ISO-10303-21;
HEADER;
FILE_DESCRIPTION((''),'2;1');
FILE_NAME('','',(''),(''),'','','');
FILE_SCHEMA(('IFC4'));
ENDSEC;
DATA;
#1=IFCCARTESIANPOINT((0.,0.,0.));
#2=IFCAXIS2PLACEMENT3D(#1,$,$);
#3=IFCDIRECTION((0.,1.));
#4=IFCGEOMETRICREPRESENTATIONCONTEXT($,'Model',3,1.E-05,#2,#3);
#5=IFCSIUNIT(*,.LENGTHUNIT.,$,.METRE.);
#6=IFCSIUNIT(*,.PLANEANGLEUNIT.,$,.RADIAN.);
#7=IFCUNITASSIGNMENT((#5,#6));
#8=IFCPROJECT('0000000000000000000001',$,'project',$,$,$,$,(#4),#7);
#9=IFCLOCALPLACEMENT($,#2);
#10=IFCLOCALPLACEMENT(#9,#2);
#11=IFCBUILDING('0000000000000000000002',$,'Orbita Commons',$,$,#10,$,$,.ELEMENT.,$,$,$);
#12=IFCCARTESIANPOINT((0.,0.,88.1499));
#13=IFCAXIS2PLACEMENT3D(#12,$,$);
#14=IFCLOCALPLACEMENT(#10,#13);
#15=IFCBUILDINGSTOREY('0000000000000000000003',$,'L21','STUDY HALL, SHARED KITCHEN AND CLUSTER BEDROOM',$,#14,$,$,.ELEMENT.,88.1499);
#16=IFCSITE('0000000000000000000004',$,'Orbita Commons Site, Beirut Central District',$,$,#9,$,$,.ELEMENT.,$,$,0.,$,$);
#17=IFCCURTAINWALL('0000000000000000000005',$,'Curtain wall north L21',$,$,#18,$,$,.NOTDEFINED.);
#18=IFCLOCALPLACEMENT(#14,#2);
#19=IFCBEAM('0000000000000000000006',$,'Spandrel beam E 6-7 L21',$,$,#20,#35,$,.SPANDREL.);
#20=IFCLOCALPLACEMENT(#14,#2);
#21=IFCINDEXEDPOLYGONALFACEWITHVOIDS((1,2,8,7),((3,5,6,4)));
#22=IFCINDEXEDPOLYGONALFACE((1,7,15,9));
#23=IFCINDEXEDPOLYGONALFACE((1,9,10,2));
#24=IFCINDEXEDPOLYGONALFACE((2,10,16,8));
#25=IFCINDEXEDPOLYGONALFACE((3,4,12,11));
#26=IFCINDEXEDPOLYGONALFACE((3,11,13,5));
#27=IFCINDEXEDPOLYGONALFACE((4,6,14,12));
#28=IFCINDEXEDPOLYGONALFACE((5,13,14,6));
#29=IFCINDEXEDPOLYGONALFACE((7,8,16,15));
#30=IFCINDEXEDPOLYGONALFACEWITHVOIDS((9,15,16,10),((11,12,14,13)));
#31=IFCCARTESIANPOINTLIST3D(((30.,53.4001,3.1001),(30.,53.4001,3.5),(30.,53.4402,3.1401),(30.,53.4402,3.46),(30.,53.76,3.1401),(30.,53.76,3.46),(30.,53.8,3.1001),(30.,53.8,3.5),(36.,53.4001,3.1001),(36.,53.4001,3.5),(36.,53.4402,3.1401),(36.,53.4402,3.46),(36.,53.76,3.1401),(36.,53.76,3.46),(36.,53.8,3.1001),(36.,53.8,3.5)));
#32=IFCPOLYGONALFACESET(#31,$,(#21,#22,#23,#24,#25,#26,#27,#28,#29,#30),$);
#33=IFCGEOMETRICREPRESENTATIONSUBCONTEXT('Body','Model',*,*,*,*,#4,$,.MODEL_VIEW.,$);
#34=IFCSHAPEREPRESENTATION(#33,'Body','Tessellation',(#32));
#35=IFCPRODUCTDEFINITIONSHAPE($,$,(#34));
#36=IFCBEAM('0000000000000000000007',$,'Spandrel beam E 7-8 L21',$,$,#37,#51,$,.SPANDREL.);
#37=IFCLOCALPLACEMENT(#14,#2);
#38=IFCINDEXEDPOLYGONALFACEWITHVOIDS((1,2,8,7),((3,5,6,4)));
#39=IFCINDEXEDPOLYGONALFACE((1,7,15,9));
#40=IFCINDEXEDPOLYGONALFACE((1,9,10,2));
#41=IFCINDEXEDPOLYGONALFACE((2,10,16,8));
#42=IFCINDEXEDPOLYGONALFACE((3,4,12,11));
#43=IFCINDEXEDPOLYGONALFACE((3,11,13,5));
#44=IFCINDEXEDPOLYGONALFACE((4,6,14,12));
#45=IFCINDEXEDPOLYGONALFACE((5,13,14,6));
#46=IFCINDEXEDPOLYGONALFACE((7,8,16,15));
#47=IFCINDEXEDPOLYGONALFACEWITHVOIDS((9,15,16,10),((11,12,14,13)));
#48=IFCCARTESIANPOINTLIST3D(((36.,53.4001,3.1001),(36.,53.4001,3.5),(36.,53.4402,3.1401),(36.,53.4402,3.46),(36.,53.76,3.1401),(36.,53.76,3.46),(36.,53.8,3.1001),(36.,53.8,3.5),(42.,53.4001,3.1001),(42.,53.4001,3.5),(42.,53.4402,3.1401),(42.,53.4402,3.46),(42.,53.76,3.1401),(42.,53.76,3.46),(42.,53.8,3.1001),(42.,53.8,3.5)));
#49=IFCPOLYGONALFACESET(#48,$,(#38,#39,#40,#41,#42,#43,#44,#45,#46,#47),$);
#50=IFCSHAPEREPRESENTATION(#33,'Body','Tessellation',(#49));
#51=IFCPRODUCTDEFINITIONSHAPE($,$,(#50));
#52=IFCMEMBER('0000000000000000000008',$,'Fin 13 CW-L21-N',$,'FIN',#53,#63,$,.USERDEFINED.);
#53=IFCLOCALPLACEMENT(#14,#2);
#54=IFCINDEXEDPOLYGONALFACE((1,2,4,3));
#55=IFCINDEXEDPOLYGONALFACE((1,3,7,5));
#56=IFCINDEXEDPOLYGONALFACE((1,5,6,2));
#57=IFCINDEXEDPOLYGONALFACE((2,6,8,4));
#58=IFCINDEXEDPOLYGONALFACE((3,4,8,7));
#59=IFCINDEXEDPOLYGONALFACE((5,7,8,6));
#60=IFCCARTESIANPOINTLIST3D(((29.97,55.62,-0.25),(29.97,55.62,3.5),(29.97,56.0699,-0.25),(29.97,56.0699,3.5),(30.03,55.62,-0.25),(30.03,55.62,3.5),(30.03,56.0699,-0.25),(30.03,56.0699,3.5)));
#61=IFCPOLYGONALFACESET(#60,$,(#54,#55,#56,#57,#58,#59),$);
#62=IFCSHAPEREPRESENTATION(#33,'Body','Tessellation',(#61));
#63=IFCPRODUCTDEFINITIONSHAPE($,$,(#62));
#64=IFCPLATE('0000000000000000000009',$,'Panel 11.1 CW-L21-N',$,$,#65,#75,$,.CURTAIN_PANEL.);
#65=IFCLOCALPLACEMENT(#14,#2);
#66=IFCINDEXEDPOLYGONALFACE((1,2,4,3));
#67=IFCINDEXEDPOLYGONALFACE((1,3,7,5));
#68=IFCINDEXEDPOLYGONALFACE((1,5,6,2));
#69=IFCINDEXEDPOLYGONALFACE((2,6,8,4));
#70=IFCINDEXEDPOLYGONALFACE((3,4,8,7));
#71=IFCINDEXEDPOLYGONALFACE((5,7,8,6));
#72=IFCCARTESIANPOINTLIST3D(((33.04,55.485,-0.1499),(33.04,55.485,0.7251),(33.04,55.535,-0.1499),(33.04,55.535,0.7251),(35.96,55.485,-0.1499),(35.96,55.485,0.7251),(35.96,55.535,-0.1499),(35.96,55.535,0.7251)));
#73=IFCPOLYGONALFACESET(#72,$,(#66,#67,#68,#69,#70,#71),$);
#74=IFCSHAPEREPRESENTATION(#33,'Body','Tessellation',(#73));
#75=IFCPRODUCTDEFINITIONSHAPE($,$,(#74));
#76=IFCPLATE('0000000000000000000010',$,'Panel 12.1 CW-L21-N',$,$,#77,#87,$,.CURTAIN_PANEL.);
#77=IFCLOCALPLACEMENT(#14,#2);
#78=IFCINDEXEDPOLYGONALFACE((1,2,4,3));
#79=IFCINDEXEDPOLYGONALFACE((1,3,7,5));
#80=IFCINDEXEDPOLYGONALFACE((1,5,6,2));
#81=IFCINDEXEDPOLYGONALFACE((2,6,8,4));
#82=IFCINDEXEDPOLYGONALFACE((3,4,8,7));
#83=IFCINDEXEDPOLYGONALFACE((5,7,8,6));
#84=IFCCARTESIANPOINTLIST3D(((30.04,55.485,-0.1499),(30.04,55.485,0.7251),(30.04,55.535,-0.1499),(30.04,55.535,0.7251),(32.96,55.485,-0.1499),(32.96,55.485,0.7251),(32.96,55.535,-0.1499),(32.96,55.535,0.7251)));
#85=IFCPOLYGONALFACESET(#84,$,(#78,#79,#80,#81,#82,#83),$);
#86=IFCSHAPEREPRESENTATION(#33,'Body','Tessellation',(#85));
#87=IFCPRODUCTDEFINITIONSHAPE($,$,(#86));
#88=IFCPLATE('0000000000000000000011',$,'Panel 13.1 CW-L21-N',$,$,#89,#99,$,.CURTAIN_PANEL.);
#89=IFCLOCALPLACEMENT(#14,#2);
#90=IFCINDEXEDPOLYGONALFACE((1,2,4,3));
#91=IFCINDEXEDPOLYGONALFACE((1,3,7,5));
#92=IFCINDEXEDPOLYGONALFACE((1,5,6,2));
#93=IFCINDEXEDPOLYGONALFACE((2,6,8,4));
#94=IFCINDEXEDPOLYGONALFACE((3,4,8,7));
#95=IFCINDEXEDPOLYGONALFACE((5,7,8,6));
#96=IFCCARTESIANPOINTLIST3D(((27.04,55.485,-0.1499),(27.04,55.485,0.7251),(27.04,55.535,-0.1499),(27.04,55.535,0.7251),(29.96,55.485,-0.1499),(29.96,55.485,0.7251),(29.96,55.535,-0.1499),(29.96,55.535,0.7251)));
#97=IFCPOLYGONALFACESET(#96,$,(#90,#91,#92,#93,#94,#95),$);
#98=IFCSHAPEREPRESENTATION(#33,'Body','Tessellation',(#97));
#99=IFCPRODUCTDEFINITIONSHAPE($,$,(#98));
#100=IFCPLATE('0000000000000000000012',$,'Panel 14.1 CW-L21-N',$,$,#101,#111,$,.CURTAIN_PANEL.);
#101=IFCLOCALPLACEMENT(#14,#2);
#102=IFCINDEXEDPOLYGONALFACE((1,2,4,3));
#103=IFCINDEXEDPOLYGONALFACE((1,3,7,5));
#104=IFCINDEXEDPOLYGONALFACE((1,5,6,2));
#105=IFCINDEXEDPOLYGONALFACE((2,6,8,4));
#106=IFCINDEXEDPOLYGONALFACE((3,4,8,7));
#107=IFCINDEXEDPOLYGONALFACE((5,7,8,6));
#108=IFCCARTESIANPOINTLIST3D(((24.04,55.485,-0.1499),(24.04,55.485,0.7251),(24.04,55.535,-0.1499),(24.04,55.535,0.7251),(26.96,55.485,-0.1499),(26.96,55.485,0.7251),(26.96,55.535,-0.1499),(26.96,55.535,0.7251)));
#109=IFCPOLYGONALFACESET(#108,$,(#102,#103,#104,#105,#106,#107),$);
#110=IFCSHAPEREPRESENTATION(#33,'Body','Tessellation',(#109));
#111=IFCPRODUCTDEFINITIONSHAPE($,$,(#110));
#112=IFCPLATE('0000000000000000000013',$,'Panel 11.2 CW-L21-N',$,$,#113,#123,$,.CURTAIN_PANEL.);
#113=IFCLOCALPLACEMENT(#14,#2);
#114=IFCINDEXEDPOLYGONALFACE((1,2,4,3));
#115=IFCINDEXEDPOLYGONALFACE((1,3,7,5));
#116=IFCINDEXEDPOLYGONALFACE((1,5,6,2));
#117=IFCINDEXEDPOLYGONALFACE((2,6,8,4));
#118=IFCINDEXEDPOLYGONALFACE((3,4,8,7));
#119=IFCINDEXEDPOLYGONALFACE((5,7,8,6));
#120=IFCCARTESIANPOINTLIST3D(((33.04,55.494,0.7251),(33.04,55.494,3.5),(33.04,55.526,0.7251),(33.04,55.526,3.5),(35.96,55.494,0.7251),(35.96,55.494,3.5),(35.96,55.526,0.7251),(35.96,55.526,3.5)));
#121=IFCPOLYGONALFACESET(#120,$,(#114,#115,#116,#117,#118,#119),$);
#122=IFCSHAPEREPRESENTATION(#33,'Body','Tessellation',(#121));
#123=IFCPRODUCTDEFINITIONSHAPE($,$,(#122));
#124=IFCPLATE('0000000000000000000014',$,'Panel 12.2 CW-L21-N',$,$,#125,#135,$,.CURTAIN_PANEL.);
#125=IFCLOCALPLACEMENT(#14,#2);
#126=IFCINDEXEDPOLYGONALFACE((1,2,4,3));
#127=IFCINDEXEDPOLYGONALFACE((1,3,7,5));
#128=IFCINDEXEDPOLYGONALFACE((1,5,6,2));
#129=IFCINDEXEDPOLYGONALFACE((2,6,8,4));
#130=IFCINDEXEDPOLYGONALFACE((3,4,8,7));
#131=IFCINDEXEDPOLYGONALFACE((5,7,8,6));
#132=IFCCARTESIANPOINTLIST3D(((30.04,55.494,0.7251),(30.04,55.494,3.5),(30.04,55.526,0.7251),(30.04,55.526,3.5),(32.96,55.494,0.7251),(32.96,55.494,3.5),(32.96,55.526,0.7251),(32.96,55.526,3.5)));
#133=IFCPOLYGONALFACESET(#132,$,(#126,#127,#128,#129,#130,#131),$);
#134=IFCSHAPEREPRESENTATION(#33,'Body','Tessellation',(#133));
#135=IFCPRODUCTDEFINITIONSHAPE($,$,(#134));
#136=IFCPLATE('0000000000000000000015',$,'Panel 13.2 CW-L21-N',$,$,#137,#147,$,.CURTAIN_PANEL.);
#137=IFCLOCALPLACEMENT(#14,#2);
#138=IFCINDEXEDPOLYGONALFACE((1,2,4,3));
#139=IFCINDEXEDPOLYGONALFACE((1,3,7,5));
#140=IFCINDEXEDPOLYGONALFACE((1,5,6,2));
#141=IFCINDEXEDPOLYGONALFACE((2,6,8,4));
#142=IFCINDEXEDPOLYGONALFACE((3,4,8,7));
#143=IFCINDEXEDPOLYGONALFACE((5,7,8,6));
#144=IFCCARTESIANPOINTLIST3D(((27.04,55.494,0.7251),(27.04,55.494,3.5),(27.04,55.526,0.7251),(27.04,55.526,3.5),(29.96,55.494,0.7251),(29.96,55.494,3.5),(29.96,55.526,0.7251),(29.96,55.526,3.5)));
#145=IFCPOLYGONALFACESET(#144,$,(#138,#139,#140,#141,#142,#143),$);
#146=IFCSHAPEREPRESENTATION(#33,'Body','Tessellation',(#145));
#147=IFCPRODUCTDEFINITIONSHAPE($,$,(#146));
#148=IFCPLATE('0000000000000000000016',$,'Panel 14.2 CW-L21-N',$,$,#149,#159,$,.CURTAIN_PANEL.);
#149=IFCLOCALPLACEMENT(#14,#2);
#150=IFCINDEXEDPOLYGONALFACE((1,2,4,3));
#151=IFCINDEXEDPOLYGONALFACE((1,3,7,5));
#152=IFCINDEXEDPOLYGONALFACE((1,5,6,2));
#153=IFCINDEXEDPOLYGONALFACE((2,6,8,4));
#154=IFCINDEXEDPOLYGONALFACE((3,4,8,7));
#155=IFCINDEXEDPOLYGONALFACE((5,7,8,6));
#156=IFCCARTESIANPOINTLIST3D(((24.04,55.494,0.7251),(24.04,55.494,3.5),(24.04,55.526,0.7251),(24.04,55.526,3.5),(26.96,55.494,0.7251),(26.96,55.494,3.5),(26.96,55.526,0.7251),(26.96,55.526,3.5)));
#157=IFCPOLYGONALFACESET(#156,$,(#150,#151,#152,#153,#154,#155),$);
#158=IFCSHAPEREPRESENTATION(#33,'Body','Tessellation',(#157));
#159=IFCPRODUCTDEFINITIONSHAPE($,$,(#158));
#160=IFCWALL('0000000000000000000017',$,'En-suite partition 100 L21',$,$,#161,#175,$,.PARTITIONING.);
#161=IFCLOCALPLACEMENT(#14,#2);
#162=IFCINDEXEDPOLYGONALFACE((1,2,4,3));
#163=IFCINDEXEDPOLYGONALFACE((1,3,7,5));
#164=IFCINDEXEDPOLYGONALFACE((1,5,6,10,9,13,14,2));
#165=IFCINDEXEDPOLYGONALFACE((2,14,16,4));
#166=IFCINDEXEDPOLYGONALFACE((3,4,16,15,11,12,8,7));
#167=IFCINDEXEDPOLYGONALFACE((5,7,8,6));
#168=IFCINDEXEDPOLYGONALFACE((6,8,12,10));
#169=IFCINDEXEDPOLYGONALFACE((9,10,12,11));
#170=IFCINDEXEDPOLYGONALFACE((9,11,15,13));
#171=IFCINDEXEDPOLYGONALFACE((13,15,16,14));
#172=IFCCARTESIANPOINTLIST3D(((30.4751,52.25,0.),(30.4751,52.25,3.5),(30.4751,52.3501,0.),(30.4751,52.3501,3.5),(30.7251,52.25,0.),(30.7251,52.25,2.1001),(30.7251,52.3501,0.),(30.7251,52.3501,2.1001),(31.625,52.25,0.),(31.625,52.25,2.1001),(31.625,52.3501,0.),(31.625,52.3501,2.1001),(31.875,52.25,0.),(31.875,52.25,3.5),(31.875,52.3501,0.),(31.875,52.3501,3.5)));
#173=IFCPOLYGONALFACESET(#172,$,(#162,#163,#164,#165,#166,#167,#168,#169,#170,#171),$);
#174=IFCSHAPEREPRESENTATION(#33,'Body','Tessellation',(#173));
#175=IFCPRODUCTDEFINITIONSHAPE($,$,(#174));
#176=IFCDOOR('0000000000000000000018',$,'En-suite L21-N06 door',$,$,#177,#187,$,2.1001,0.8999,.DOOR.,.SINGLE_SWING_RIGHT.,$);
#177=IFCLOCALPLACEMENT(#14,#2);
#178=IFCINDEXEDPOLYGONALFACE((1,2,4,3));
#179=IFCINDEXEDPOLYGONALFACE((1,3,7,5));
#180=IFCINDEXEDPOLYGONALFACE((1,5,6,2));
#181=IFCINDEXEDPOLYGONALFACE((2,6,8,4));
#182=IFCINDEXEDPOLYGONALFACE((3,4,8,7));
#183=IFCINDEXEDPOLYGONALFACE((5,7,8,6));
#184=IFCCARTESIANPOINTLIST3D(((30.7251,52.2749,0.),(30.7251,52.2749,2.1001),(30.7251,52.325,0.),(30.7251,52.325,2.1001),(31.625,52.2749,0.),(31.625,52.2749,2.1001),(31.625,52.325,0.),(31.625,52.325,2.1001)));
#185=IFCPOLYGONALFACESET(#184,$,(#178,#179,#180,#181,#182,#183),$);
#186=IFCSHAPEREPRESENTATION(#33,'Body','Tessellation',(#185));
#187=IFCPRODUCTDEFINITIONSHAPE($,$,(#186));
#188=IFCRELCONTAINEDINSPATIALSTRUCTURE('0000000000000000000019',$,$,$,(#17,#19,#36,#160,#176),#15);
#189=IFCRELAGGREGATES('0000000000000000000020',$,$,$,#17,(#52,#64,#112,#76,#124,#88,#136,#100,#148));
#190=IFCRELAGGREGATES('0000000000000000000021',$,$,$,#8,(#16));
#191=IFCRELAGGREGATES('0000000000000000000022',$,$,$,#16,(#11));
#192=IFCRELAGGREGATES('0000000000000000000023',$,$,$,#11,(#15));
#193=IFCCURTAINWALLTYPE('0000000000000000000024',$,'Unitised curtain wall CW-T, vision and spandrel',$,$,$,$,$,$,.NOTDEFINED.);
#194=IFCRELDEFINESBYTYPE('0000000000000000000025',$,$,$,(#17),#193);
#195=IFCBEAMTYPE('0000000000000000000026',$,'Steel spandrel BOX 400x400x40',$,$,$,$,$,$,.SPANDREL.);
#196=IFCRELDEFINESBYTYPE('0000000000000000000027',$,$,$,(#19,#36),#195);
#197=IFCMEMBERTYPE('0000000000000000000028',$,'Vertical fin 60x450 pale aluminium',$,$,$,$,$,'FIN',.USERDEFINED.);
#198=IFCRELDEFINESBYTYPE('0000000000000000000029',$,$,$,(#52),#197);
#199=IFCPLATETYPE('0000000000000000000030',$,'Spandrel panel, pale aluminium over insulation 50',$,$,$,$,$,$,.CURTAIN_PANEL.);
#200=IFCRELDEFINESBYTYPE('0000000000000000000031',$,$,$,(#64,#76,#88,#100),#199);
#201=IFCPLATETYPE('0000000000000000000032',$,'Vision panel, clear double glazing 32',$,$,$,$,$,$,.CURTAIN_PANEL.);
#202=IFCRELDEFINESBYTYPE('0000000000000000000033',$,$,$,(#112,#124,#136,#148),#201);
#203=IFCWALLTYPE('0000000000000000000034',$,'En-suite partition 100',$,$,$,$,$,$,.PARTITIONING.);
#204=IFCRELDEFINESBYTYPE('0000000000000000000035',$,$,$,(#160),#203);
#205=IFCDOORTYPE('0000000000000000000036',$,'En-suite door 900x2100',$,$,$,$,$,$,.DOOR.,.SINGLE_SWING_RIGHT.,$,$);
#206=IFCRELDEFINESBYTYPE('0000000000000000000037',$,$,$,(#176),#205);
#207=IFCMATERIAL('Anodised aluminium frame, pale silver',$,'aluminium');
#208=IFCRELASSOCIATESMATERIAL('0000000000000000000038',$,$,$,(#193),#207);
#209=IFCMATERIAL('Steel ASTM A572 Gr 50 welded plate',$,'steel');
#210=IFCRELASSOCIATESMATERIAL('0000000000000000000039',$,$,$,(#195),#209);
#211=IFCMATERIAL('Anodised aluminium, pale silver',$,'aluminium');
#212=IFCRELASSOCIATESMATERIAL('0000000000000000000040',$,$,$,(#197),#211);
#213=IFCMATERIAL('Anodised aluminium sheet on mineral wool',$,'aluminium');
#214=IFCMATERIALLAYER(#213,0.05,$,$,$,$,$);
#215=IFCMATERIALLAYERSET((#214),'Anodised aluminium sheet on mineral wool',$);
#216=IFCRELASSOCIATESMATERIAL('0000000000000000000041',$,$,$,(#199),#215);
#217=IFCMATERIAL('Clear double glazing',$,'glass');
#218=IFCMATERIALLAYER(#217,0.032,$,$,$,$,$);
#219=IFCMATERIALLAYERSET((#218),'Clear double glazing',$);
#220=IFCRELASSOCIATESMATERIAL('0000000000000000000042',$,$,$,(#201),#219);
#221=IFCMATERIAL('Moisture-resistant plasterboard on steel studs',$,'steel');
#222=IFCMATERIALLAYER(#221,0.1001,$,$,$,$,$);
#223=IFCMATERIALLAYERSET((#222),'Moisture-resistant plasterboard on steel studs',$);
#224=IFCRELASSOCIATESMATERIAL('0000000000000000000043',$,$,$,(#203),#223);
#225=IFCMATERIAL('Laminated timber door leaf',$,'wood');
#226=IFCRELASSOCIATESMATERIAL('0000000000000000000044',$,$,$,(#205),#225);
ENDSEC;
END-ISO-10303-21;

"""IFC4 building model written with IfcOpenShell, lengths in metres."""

from ifc_helpers import new_model, si_unit, direction, frame, frame_2d, origin, origin_2d, place, context, subcontext, project, spatial, rectangle, hollow_rectangle, extrude, material, layer, layer_set, material_profile, profile_set, type_object, element, fill, aggregate, save


model = new_model("IFC4")

# Units and contexts
model_context = context("Model", 3, precision=1e-05, world=origin(), true_north=direction((0.0, 1.0)))
body_context = subcontext(model_context, "Body", "Model", "MODEL_VIEW")
ifc_project = project(units=[si_unit("LENGTHUNIT", "METRE"), si_unit("PLANEANGLEUNIT", "RADIAN")], contexts=[model_context])

# Site, building, storey
site_placement = place(None, origin())
site = spatial("IfcSite", under=ifc_project, at=site_placement, Name="Orbita Commons Site, Beirut Central District", CompositionType="ELEMENT", RefElevation=0.0)
building_placement = place(site_placement, origin())
building = spatial("IfcBuilding", under=site, at=building_placement, Name="Orbita Commons", CompositionType="ELEMENT")
storey_placement = place(building_placement, frame((0.0, 0.0, 88.1499)))
storey = spatial("IfcBuildingStorey", under=building, at=storey_placement, Name="L21", Description="STUDY HALL, SHARED KITCHEN AND CLUSTER BEDROOM", CompositionType="ELEMENT", Elevation=88.1499)

# Curtain wall
ifc_material_1 = material(Name="Anodised aluminium frame, pale silver", Category="aluminium")
curtain_wall_type = type_object("IfcCurtainWallType", Name="Unitised curtain wall CW-T, vision and spandrel", PredefinedType="NOTDEFINED", material=ifc_material_1)
curtain_wall_placement = place(storey_placement, origin())
curtain_wall = element("IfcCurtainWall", 1, at=curtain_wall_placement, inside=storey, type_object=curtain_wall_type, Name="Curtain wall north L21", PredefinedType="NOTDEFINED")

# Beams
ifc_material_2 = material(Name="Steel ASTM A572 Gr 50 welded plate", Category="steel")
ifc_material_profile_1 = material_profile(ifc_material_2, hollow_rectangle(XDim=0.3999, YDim=0.3999, WallThickness=0.04, at=origin_2d()), Name="BOX 400x400x40")
ifc_profile_set_1 = profile_set([ifc_material_profile_1], Name="Steel ASTM A572 Gr 50 welded plate")
beam_type = type_object("IfcBeamType", Name="Steel spandrel BOX 400x400x40", PredefinedType="SPANDREL", material=ifc_profile_set_1)
for number, where, z_axis, x_axis, name in (
    (2, (30.0, 53.6001, 3.3), (1.0, 0.0, 0.0), (0.0, 1.0, 0.0), "Spandrel beam E 6-7 L21"),
    (3, (36.0, 53.6001, 3.3), (1.0, 0.0, 0.0), (0.0, 1.0, 0.0), "Spandrel beam E 7-8 L21"),
):
    element("IfcBeam", number, at=place(storey_placement, frame(where, z_axis=z_axis, x_axis=x_axis)), inside=storey, type_object=beam_type, Name=name, PredefinedType="SPANDREL", context=body_context, shape_type="SweptSolid", body=[
        extrude(hollow_rectangle(XDim=0.3999, YDim=0.3999, WallThickness=0.04, at=origin_2d()), origin(), (0.0, 0.0, 1.0), 6.0),
    ])

# Member
ifc_material_3 = material(Name="Anodised aluminium, pale silver", Category="aluminium")
ifc_material_profile_2 = material_profile(ifc_material_3, rectangle(XDim=0.0601, YDim=0.45, at=origin_2d()), Name="FIN 60x450")
ifc_profile_set_2 = profile_set([ifc_material_profile_2], Name="Anodised aluminium, pale silver")
member_type_1 = type_object("IfcMemberType", Name="Vertical fin 60x450 pale aluminium", ElementType="FIN", PredefinedType="USERDEFINED", material=ifc_profile_set_2)
member_1_placement = place(storey_placement, frame((30.0, 55.845, -0.25), z_axis=(0.0, 0.0, 1.0), x_axis=(-1.0, 0.0, 0.0)))
member_1 = element("IfcMember", 4, at=member_1_placement, type_object=member_type_1, Name="Fin 13 CW-L21-N", ObjectType="FIN", PredefinedType="USERDEFINED", context=body_context, shape_type="SweptSolid", body=[
    extrude(rectangle(XDim=0.0601, YDim=0.45, at=origin_2d()), origin(), (0.0, 0.0, 1.0), 3.75),
])

# Plates
ifc_material_4 = material(Name="Anodised aluminium sheet on mineral wool", Category="aluminium")
ifc_layer_1 = layer(ifc_material_4, 0.05)
ifc_layer_set_1 = layer_set([ifc_layer_1], Name="Anodised aluminium sheet on mineral wool")
plate_type_1 = type_object("IfcPlateType", Name="Spandrel panel, pale aluminium over insulation 50", PredefinedType="CURTAIN_PANEL", material=ifc_layer_set_1)
plate_1_placement = place(storey_placement, frame((34.5, 55.51, -0.1499), z_axis=(0.0, 0.0, 1.0), x_axis=(-1.0, 0.0, 0.0)))
plate_1 = element("IfcPlate", 5, at=plate_1_placement, type_object=plate_type_1, Name="Panel 11.1 CW-L21-N", PredefinedType="CURTAIN_PANEL", context=body_context, shape_type="SweptSolid", body=[
    extrude(rectangle(XDim=2.9199, YDim=0.05, at=origin_2d()), origin(), (0.0, 0.0, 1.0), 0.875),
])
plate_2_placement = place(storey_placement, frame((31.5, 55.51, -0.1499), z_axis=(0.0, 0.0, 1.0), x_axis=(-1.0, 0.0, 0.0)))
plate_2 = element("IfcPlate", 6, at=plate_2_placement, type_object=plate_type_1, Name="Panel 12.1 CW-L21-N", PredefinedType="CURTAIN_PANEL", context=body_context, shape_type="SweptSolid", body=[
    extrude(rectangle(XDim=2.9199, YDim=0.05, at=origin_2d()), origin(), (0.0, 0.0, 1.0), 0.875),
])
plate_3_placement = place(storey_placement, frame((28.5, 55.51, -0.1499), z_axis=(0.0, 0.0, 1.0), x_axis=(-1.0, 0.0, 0.0)))
plate_3 = element("IfcPlate", 7, at=plate_3_placement, type_object=plate_type_1, Name="Panel 13.1 CW-L21-N", PredefinedType="CURTAIN_PANEL", context=body_context, shape_type="SweptSolid", body=[
    extrude(rectangle(XDim=2.9199, YDim=0.05, at=origin_2d()), origin(), (0.0, 0.0, 1.0), 0.875),
])
plate_4_placement = place(storey_placement, frame((25.5, 55.51, -0.1499), z_axis=(0.0, 0.0, 1.0), x_axis=(-1.0, 0.0, 0.0)))
plate_4 = element("IfcPlate", 8, at=plate_4_placement, type_object=plate_type_1, Name="Panel 14.1 CW-L21-N", PredefinedType="CURTAIN_PANEL", context=body_context, shape_type="SweptSolid", body=[
    extrude(rectangle(XDim=2.9199, YDim=0.05, at=origin_2d()), origin(), (0.0, 0.0, 1.0), 0.875),
])
ifc_material_5 = material(Name="Clear double glazing", Category="glass")
ifc_layer_2 = layer(ifc_material_5, 0.032)
ifc_layer_set_2 = layer_set([ifc_layer_2], Name="Clear double glazing")
plate_type_2 = type_object("IfcPlateType", Name="Vision panel, clear double glazing 32", PredefinedType="CURTAIN_PANEL", material=ifc_layer_set_2)
plate_5_placement = place(storey_placement, frame((34.5, 55.51, 0.7251), z_axis=(0.0, 0.0, 1.0), x_axis=(-1.0, 0.0, 0.0)))
plate_5 = element("IfcPlate", 9, at=plate_5_placement, type_object=plate_type_2, Name="Panel 11.2 CW-L21-N", PredefinedType="CURTAIN_PANEL", context=body_context, shape_type="SweptSolid", body=[
    extrude(rectangle(XDim=2.9199, YDim=0.032, at=origin_2d()), origin(), (0.0, 0.0, 1.0), 2.7749),
])
plate_6_placement = place(storey_placement, frame((31.5, 55.51, 0.7251), z_axis=(0.0, 0.0, 1.0), x_axis=(-1.0, 0.0, 0.0)))
plate_6 = element("IfcPlate", 10, at=plate_6_placement, type_object=plate_type_2, Name="Panel 12.2 CW-L21-N", PredefinedType="CURTAIN_PANEL", context=body_context, shape_type="SweptSolid", body=[
    extrude(rectangle(XDim=2.9199, YDim=0.032, at=origin_2d()), origin(), (0.0, 0.0, 1.0), 2.7749),
])
plate_7_placement = place(storey_placement, frame((28.5, 55.51, 0.7251), z_axis=(0.0, 0.0, 1.0), x_axis=(-1.0, 0.0, 0.0)))
plate_7 = element("IfcPlate", 11, at=plate_7_placement, type_object=plate_type_2, Name="Panel 13.2 CW-L21-N", PredefinedType="CURTAIN_PANEL", context=body_context, shape_type="SweptSolid", body=[
    extrude(rectangle(XDim=2.9199, YDim=0.032, at=origin_2d()), origin(), (0.0, 0.0, 1.0), 2.7749),
])
plate_8_placement = place(storey_placement, frame((25.5, 55.51, 0.7251), z_axis=(0.0, 0.0, 1.0), x_axis=(-1.0, 0.0, 0.0)))
plate_8 = element("IfcPlate", 12, at=plate_8_placement, type_object=plate_type_2, Name="Panel 14.2 CW-L21-N", PredefinedType="CURTAIN_PANEL", context=body_context, shape_type="SweptSolid", body=[
    extrude(rectangle(XDim=2.9199, YDim=0.032, at=origin_2d()), origin(), (0.0, 0.0, 1.0), 2.7749),
])
aggregate(curtain_wall, [member_1, plate_1, plate_5, plate_2, plate_6, plate_3, plate_7, plate_4, plate_8])

# Wall, opening, door
ifc_material_6 = material(Name="Moisture-resistant plasterboard on steel studs", Category="steel")
ifc_layer_3 = layer(ifc_material_6, 0.1001)
ifc_layer_set_3 = layer_set([ifc_layer_3], Name="Moisture-resistant plasterboard on steel studs")
wall_type_1 = type_object("IfcWallType", Name="En-suite partition 100", PredefinedType="PARTITIONING", material=ifc_layer_set_3)
wall_1_placement = place(storey_placement, frame((30.4751, 52.3, 0.0), z_axis=(0.0, 0.0, 1.0), x_axis=(1.0, 0.0, 0.0)))
wall_1 = element("IfcWall", 13, at=wall_1_placement, inside=storey, type_object=wall_type_1, Name="En-suite partition 100 L21", PredefinedType="PARTITIONING", context=body_context, shape_type="SweptSolid", body=[
    extrude(rectangle(XDim=1.3999, YDim=0.1001, at=frame_2d((0.7, 0.0))), origin(), (0.0, 0.0, 1.0), 3.5),
])
opening_1_placement = place(wall_1_placement, frame((0.25, 0.0, 0.0)))
opening_1 = element("IfcOpeningElement", 14, at=opening_1_placement, cuts=wall_1, PredefinedType="OPENING", context=body_context, shape_type="SweptSolid", body=[
    extrude(rectangle(XDim=0.8999, YDim=2.1001, at=frame_2d((0.45, 1.05))), frame((0.0, 0.0601, 0.0), z_axis=(0.0, -1.0, 0.0), x_axis=(1.0, 0.0, 0.0)), (0.0, 0.0, 1.0), 0.1201),
])
ifc_material_7 = material(Name="Laminated timber door leaf", Category="wood")
door_type = type_object("IfcDoorType", Name="En-suite door 900x2100", OperationType="SINGLE_SWING_RIGHT", PredefinedType="DOOR", material=ifc_material_7)
door_1_placement = place(opening_1_placement, origin())
door_1 = element("IfcDoor", 15, at=door_1_placement, inside=storey, type_object=door_type, Name="En-suite L21-N06 door", OperationType="SINGLE_SWING_RIGHT", OverallHeight=2.1001, OverallWidth=0.8999, PredefinedType="DOOR", context=body_context, shape_type="SweptSolid", body=[
    extrude(rectangle(XDim=0.8999, YDim=2.1001, at=frame_2d((0.45, 1.05))), frame((0.0, 0.0249, 0.0), z_axis=(0.0, -1.0, 0.0), x_axis=(1.0, 0.0, 0.0)), (0.0, 0.0, 1.0), 0.05),
])
fill(opening_1, door_1)

save(model, "model.ifc")
